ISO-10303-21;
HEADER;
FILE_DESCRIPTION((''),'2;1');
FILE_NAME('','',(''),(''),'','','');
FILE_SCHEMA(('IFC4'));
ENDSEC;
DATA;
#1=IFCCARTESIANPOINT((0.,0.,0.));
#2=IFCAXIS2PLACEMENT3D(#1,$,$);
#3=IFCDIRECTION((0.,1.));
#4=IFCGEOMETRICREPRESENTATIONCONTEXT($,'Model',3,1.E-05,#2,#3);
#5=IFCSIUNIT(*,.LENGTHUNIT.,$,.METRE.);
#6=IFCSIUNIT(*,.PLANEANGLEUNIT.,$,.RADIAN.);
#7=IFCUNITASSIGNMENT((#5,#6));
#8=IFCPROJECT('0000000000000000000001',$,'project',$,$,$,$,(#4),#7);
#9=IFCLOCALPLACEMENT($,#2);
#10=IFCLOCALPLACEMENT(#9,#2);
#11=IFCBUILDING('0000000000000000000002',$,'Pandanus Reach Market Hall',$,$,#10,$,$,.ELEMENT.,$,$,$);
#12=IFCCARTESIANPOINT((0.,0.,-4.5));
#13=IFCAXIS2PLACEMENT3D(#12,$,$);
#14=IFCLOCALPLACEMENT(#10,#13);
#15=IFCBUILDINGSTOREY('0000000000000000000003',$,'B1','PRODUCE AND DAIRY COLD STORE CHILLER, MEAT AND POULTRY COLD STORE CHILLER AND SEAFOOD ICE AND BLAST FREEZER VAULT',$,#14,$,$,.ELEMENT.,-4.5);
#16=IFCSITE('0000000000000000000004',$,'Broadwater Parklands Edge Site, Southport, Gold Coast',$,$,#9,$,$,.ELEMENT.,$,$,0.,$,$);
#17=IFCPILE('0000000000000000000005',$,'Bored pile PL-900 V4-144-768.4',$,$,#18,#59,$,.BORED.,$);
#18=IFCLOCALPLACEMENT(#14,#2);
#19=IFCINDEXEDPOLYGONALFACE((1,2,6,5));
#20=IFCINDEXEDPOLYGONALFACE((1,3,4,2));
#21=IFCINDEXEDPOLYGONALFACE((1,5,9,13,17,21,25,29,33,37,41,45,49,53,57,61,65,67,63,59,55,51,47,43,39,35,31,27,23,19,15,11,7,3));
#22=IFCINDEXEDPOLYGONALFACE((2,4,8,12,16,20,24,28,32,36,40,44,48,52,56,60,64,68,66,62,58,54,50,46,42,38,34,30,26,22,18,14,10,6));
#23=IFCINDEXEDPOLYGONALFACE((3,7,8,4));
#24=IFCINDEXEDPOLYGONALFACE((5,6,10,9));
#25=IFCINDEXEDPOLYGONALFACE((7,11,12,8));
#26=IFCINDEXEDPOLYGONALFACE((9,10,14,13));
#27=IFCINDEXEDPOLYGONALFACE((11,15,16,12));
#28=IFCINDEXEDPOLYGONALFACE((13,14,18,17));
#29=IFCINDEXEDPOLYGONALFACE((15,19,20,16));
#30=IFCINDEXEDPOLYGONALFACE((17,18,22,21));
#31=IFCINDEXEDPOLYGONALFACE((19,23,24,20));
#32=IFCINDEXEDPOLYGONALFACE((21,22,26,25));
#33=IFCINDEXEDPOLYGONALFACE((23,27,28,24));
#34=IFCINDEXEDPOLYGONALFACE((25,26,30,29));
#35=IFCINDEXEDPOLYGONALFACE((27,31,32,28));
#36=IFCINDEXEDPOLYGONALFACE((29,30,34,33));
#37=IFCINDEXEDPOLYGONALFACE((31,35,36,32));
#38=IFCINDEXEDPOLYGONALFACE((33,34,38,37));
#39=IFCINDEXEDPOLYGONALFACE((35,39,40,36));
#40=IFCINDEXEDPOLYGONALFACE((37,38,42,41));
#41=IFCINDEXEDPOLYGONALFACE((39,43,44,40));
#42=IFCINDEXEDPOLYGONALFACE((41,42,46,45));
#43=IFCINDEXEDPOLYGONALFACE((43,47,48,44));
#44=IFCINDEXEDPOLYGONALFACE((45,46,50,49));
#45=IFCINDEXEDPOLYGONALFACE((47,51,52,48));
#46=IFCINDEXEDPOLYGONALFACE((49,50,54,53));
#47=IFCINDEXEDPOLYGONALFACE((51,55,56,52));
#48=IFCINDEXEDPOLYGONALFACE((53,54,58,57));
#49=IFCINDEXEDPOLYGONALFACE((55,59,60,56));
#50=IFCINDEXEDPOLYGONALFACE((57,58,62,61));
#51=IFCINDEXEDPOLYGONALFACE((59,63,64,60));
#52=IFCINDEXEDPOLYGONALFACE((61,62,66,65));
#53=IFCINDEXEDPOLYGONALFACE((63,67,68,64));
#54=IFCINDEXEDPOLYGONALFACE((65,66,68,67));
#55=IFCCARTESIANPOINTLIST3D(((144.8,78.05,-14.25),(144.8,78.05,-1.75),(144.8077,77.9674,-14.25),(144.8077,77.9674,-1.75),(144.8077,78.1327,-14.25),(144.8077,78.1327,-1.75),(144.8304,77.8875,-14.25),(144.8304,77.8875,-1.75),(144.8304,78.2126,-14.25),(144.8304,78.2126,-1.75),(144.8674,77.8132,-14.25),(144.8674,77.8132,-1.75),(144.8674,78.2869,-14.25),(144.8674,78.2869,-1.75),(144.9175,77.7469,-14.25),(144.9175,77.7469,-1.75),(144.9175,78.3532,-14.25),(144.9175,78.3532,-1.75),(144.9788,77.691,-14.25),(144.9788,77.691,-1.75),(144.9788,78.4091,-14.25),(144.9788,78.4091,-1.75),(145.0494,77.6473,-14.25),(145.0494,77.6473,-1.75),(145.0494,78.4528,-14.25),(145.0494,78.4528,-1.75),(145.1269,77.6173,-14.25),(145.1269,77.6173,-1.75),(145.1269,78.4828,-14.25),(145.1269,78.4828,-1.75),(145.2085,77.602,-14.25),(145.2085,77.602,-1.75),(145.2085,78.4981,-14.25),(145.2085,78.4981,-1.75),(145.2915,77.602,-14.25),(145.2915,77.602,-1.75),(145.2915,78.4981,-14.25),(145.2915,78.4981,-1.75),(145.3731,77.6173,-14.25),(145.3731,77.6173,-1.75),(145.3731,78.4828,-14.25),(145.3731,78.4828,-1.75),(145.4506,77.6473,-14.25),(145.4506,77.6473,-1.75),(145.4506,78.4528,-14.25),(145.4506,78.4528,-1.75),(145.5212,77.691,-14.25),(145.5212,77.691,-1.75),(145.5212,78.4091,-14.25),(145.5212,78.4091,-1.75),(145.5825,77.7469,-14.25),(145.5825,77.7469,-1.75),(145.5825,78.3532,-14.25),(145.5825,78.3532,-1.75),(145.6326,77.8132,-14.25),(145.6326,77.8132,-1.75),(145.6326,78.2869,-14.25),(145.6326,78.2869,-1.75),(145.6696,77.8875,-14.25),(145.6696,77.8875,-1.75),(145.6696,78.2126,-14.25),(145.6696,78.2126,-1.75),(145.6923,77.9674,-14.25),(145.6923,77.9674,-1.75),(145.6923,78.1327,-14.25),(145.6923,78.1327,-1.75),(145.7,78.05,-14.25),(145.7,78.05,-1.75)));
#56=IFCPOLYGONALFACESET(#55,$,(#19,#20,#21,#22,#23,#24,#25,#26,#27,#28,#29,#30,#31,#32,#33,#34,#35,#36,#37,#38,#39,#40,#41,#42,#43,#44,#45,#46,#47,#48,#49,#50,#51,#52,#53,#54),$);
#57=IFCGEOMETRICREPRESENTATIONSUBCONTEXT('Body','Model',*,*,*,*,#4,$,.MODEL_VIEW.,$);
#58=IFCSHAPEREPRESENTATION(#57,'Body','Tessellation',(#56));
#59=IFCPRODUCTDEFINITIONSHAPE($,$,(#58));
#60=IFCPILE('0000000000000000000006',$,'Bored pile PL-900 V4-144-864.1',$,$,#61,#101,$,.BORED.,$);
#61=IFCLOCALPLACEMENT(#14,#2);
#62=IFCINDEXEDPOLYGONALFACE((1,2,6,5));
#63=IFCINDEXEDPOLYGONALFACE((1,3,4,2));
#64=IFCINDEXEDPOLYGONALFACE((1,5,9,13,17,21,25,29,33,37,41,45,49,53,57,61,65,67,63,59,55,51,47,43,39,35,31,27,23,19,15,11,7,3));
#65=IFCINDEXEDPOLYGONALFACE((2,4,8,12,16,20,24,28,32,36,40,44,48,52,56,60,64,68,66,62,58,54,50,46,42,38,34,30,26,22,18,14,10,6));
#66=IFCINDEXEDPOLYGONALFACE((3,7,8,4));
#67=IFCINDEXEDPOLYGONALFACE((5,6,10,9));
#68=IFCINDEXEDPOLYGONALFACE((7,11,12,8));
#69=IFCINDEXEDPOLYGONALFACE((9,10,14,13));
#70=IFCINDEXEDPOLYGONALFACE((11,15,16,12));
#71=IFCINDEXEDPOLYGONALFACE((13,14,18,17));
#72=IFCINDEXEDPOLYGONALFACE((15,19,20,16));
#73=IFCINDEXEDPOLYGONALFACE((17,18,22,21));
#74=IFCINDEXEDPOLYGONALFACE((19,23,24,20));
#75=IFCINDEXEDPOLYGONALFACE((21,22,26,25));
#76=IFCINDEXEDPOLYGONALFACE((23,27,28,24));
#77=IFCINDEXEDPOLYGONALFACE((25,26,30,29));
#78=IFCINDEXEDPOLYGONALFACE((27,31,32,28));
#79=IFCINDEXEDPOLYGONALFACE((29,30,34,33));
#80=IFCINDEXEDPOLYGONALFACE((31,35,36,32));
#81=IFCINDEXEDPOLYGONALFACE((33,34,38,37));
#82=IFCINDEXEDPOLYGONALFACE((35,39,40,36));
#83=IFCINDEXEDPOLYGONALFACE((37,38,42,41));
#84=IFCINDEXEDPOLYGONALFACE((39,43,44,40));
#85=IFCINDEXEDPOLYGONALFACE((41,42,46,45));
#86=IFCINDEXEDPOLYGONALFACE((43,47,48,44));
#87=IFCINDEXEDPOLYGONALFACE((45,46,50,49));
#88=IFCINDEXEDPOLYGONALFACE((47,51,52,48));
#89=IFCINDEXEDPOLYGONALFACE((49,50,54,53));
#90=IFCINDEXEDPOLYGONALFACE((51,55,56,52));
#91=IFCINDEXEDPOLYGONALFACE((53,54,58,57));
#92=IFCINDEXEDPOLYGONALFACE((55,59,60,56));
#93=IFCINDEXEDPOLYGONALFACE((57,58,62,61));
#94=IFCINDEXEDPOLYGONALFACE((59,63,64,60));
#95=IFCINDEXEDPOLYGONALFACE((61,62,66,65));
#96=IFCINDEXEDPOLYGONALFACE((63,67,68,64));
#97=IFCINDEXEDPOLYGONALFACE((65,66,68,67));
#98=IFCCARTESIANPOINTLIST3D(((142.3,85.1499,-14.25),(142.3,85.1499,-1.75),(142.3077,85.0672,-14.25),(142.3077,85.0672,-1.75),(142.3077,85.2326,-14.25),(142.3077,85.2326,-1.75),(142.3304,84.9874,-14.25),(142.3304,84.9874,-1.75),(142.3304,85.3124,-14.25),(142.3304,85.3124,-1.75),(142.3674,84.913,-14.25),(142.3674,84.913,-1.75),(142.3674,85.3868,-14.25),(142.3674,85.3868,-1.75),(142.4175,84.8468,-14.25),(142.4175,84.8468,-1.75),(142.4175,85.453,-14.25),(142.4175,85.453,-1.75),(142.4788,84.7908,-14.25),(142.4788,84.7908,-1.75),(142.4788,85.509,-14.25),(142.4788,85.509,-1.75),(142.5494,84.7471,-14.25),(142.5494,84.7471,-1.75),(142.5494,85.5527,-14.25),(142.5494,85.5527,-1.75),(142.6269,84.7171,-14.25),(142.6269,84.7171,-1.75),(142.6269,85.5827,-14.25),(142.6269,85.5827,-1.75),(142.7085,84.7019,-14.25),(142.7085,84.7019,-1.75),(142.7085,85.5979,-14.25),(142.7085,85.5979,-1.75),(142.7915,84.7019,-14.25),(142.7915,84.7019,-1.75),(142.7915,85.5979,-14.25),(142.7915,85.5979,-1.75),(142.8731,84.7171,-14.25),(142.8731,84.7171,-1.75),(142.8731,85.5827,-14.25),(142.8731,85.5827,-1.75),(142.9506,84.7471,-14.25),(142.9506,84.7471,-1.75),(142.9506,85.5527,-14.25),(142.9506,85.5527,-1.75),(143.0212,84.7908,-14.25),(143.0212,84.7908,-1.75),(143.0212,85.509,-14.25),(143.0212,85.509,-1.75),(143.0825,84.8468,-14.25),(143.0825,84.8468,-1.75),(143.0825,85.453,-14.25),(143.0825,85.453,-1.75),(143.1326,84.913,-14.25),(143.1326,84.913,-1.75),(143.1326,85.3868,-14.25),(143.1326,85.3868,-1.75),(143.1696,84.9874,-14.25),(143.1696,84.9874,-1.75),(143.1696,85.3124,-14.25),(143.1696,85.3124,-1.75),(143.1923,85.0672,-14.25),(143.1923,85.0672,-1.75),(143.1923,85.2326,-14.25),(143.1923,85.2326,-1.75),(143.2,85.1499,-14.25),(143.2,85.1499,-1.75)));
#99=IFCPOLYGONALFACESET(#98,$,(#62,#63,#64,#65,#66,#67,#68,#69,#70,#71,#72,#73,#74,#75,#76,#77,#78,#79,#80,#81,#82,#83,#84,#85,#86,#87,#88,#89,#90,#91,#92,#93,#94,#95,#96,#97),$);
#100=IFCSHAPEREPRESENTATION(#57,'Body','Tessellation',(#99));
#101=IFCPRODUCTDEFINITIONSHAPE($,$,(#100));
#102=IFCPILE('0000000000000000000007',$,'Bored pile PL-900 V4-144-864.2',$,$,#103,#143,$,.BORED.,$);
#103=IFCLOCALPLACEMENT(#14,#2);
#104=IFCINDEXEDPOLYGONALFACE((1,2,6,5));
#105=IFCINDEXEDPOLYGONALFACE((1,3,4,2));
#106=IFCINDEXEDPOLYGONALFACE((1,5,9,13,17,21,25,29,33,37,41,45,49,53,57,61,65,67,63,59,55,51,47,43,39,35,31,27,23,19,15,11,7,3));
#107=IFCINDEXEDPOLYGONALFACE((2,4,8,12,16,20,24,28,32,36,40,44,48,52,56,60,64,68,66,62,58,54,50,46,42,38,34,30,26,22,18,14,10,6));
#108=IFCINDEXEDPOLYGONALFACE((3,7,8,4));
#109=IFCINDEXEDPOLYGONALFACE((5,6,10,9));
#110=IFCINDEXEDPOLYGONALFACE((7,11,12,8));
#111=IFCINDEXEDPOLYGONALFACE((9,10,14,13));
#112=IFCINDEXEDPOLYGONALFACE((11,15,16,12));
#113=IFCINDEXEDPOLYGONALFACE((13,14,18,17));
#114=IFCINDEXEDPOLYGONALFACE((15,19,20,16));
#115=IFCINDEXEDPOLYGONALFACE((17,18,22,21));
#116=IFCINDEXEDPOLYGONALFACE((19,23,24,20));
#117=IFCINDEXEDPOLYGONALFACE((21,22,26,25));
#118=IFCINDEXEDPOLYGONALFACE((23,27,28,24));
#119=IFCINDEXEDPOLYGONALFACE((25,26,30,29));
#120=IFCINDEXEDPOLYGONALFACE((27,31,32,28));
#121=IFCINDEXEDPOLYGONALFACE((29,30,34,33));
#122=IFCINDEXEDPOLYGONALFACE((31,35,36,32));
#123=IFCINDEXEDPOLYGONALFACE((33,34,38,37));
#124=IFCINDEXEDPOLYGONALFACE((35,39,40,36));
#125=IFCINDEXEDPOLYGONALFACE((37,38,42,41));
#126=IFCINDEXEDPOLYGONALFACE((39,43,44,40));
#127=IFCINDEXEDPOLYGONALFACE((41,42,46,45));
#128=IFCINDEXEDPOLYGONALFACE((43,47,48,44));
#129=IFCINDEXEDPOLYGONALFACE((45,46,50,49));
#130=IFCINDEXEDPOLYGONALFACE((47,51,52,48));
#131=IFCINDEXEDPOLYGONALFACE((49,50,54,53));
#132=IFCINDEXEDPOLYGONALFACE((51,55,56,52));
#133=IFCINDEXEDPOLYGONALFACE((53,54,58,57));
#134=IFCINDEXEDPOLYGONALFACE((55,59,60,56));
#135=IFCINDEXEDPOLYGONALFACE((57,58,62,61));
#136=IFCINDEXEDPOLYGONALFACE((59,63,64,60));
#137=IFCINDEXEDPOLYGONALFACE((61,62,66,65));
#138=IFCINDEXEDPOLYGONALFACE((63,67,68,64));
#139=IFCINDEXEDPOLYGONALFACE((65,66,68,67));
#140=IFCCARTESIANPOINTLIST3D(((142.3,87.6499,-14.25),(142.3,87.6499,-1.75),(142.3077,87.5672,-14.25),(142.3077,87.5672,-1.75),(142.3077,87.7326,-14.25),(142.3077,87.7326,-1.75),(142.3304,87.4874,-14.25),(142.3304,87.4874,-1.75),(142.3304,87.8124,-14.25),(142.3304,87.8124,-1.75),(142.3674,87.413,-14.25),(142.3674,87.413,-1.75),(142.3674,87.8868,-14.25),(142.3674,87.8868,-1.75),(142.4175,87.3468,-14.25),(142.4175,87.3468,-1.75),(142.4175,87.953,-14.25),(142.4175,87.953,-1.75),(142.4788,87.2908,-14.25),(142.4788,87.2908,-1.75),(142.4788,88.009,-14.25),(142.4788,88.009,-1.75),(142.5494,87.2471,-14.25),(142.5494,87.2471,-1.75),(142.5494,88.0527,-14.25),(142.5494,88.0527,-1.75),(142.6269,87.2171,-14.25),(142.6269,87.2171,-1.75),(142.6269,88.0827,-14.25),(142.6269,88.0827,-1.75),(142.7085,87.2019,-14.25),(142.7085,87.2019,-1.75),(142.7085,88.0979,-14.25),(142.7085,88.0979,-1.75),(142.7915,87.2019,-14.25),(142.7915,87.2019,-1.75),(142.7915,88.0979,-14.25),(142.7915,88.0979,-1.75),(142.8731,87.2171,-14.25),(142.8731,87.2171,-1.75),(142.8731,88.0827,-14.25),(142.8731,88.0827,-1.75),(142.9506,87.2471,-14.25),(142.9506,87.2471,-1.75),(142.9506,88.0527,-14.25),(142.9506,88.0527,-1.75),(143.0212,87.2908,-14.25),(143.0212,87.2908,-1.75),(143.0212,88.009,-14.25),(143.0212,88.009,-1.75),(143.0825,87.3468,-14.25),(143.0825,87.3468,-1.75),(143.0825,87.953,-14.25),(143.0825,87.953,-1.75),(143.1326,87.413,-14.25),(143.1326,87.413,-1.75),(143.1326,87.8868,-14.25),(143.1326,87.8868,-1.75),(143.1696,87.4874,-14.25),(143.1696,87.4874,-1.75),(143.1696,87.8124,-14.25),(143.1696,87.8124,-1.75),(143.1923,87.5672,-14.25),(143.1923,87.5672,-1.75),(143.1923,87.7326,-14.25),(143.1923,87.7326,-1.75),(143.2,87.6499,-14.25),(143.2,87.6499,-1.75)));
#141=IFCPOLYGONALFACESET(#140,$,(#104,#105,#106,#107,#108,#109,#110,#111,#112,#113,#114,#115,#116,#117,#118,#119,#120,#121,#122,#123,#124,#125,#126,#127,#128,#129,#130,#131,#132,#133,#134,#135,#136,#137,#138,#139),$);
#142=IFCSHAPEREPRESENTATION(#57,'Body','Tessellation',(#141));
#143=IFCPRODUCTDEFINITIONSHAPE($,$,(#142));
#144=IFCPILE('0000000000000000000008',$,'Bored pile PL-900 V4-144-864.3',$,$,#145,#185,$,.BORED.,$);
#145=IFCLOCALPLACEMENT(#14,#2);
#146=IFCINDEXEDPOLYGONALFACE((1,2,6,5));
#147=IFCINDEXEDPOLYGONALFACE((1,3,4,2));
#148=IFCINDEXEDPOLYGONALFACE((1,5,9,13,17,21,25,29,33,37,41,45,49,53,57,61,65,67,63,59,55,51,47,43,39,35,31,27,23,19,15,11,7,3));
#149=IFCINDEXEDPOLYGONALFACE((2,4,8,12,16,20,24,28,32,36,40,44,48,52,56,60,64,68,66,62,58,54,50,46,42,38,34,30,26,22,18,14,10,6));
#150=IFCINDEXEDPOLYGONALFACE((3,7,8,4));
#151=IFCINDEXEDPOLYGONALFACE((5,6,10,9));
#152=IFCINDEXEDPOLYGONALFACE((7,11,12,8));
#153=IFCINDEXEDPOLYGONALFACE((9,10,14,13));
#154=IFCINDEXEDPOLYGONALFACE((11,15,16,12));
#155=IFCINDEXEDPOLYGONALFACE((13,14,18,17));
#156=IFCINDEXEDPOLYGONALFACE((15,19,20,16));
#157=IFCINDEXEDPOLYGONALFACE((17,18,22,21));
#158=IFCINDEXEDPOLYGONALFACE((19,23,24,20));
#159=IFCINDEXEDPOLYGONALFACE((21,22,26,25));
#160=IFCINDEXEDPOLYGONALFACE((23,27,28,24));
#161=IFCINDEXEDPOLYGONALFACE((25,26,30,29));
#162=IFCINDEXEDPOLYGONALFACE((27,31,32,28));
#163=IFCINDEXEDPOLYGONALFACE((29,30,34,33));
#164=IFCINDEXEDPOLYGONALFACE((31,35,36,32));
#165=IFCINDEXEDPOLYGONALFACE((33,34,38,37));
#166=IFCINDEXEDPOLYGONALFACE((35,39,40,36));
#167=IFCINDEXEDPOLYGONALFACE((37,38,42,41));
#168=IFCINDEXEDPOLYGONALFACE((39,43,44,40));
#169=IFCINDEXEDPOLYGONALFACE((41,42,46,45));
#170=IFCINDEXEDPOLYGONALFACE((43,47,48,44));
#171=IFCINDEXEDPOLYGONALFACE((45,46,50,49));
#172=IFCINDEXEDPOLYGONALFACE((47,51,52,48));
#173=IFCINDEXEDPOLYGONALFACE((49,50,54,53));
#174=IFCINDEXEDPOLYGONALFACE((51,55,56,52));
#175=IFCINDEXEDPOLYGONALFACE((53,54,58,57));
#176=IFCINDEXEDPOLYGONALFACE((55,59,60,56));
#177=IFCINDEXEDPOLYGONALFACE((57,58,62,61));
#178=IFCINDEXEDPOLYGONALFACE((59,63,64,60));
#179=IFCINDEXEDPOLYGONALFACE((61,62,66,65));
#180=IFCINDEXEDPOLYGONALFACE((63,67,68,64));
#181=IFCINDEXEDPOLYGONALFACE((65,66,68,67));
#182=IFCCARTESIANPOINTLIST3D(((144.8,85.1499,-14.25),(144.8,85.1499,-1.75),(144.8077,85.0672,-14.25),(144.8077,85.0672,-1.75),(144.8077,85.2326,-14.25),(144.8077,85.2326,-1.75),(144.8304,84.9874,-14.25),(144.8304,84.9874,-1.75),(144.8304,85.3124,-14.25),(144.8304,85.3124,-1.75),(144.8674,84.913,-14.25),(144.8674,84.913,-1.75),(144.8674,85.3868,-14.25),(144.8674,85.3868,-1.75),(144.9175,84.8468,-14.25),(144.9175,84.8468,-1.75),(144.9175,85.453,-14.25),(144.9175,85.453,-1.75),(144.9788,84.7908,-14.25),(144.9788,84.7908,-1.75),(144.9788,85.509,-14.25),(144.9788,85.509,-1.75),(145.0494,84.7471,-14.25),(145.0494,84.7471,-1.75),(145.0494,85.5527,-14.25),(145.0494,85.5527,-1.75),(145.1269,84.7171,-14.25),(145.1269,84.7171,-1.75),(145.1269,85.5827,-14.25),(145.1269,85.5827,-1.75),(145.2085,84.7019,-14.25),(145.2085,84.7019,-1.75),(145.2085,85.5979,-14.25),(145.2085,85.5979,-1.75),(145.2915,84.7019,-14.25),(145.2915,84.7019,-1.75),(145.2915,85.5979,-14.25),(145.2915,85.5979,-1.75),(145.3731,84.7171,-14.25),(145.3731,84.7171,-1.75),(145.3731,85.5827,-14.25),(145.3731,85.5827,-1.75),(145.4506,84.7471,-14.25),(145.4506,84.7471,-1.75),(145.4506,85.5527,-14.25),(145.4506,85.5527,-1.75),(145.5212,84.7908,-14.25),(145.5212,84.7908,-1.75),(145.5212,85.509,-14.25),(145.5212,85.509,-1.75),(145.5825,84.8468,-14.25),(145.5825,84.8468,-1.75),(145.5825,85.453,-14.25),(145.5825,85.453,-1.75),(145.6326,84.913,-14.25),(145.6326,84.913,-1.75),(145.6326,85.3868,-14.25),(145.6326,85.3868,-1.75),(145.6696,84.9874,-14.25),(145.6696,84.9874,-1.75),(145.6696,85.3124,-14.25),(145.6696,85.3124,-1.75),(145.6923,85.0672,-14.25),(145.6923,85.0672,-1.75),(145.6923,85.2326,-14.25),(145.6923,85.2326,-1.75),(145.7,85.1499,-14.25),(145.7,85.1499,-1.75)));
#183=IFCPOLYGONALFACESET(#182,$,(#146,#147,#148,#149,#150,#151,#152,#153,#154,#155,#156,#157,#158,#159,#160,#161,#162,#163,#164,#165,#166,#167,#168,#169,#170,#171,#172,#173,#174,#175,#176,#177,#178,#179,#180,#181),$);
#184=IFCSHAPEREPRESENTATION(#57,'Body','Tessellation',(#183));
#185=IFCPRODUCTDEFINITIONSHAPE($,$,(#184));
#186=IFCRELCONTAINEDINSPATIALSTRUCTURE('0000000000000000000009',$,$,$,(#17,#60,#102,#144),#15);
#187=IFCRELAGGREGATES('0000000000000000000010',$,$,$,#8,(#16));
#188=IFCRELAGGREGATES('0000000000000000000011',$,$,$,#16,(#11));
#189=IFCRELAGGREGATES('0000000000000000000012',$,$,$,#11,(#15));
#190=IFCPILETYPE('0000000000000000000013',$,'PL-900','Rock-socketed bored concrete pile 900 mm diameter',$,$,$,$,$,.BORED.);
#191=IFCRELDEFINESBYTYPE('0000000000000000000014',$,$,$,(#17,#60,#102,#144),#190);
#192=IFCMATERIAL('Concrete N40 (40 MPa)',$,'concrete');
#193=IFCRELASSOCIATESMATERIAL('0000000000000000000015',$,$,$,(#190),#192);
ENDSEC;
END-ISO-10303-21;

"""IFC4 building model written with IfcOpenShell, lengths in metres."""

from ifc_helpers import new_model, si_unit, direction, frame, origin, origin_2d, place, context, subcontext, project, spatial, circle, extrude, material, material_profile, profile_set, type_object, element, save


model = new_model("IFC4")

# Units and contexts
model_context = context("Model", 3, precision=1e-05, world=origin(), true_north=direction((0.0, 1.0)))
body_context = subcontext(model_context, "Body", "Model", "MODEL_VIEW")
ifc_project = project(units=[si_unit("LENGTHUNIT", "METRE"), si_unit("PLANEANGLEUNIT", "RADIAN")], contexts=[model_context])

# Site, building, storey
site_placement = place(None, origin())
site = spatial("IfcSite", under=ifc_project, at=site_placement, Name="Broadwater Parklands Edge Site, Southport, Gold Coast", CompositionType="ELEMENT", RefElevation=0.0)
building_placement = place(site_placement, origin())
building = spatial("IfcBuilding", under=site, at=building_placement, Name="Pandanus Reach Market Hall", CompositionType="ELEMENT")
storey_placement = place(building_placement, frame((0.0, 0.0, -4.5)))
storey = spatial("IfcBuildingStorey", under=building, at=storey_placement, Name="B1", Description="PRODUCE AND DAIRY COLD STORE CHILLER, MEAT AND POULTRY COLD STORE CHILLER AND SEAFOOD ICE AND BLAST FREEZER VAULT", CompositionType="ELEMENT", Elevation=-4.5)

# Shared definitions
ifc_material_1 = material(Name="Concrete N40 (40 MPa)", Category="concrete")

# Piles
ifc_material_profile_1 = material_profile(ifc_material_1, circle(Radius=0.45, at=origin_2d()), Name="PILE-900D", Category="LoadBearing")
ifc_profile_set_1 = profile_set([ifc_material_profile_1], Name="Concrete N40 (40 MPa)")
pile_type_1 = type_object("IfcPileType", Name="PL-900", Description="Rock-socketed bored concrete pile 900 mm diameter", PredefinedType="BORED", material=ifc_profile_set_1)
for number, where, z_axis, x_axis, name in (
    (1, (145.25, 78.05, -1.75), (0.0, 0.0, -1.0), (1.0, 0.0, 0.0), "Bored pile PL-900 V4-144-768.4"),
    (2, (142.75, 85.1499, -1.75), (0.0, 0.0, -1.0), (1.0, 0.0, 0.0), "Bored pile PL-900 V4-144-864.1"),
    (3, (142.75, 87.6499, -1.75), (0.0, 0.0, -1.0), (1.0, 0.0, 0.0), "Bored pile PL-900 V4-144-864.2"),
    (4, (145.25, 85.1499, -1.75), (0.0, 0.0, -1.0), (1.0, 0.0, 0.0), "Bored pile PL-900 V4-144-864.3"),
):
    element("IfcPile", number, at=place(storey_placement, frame(where, z_axis=z_axis, x_axis=x_axis)), inside=storey, type_object=pile_type_1, Name=name, PredefinedType="BORED", context=body_context, shape_type="SweptSolid", body=[
        extrude(circle(Radius=0.45, at=origin_2d()), origin(), (0.0, 0.0, 1.0), 12.5),
    ])

save(model, "model.ifc")
